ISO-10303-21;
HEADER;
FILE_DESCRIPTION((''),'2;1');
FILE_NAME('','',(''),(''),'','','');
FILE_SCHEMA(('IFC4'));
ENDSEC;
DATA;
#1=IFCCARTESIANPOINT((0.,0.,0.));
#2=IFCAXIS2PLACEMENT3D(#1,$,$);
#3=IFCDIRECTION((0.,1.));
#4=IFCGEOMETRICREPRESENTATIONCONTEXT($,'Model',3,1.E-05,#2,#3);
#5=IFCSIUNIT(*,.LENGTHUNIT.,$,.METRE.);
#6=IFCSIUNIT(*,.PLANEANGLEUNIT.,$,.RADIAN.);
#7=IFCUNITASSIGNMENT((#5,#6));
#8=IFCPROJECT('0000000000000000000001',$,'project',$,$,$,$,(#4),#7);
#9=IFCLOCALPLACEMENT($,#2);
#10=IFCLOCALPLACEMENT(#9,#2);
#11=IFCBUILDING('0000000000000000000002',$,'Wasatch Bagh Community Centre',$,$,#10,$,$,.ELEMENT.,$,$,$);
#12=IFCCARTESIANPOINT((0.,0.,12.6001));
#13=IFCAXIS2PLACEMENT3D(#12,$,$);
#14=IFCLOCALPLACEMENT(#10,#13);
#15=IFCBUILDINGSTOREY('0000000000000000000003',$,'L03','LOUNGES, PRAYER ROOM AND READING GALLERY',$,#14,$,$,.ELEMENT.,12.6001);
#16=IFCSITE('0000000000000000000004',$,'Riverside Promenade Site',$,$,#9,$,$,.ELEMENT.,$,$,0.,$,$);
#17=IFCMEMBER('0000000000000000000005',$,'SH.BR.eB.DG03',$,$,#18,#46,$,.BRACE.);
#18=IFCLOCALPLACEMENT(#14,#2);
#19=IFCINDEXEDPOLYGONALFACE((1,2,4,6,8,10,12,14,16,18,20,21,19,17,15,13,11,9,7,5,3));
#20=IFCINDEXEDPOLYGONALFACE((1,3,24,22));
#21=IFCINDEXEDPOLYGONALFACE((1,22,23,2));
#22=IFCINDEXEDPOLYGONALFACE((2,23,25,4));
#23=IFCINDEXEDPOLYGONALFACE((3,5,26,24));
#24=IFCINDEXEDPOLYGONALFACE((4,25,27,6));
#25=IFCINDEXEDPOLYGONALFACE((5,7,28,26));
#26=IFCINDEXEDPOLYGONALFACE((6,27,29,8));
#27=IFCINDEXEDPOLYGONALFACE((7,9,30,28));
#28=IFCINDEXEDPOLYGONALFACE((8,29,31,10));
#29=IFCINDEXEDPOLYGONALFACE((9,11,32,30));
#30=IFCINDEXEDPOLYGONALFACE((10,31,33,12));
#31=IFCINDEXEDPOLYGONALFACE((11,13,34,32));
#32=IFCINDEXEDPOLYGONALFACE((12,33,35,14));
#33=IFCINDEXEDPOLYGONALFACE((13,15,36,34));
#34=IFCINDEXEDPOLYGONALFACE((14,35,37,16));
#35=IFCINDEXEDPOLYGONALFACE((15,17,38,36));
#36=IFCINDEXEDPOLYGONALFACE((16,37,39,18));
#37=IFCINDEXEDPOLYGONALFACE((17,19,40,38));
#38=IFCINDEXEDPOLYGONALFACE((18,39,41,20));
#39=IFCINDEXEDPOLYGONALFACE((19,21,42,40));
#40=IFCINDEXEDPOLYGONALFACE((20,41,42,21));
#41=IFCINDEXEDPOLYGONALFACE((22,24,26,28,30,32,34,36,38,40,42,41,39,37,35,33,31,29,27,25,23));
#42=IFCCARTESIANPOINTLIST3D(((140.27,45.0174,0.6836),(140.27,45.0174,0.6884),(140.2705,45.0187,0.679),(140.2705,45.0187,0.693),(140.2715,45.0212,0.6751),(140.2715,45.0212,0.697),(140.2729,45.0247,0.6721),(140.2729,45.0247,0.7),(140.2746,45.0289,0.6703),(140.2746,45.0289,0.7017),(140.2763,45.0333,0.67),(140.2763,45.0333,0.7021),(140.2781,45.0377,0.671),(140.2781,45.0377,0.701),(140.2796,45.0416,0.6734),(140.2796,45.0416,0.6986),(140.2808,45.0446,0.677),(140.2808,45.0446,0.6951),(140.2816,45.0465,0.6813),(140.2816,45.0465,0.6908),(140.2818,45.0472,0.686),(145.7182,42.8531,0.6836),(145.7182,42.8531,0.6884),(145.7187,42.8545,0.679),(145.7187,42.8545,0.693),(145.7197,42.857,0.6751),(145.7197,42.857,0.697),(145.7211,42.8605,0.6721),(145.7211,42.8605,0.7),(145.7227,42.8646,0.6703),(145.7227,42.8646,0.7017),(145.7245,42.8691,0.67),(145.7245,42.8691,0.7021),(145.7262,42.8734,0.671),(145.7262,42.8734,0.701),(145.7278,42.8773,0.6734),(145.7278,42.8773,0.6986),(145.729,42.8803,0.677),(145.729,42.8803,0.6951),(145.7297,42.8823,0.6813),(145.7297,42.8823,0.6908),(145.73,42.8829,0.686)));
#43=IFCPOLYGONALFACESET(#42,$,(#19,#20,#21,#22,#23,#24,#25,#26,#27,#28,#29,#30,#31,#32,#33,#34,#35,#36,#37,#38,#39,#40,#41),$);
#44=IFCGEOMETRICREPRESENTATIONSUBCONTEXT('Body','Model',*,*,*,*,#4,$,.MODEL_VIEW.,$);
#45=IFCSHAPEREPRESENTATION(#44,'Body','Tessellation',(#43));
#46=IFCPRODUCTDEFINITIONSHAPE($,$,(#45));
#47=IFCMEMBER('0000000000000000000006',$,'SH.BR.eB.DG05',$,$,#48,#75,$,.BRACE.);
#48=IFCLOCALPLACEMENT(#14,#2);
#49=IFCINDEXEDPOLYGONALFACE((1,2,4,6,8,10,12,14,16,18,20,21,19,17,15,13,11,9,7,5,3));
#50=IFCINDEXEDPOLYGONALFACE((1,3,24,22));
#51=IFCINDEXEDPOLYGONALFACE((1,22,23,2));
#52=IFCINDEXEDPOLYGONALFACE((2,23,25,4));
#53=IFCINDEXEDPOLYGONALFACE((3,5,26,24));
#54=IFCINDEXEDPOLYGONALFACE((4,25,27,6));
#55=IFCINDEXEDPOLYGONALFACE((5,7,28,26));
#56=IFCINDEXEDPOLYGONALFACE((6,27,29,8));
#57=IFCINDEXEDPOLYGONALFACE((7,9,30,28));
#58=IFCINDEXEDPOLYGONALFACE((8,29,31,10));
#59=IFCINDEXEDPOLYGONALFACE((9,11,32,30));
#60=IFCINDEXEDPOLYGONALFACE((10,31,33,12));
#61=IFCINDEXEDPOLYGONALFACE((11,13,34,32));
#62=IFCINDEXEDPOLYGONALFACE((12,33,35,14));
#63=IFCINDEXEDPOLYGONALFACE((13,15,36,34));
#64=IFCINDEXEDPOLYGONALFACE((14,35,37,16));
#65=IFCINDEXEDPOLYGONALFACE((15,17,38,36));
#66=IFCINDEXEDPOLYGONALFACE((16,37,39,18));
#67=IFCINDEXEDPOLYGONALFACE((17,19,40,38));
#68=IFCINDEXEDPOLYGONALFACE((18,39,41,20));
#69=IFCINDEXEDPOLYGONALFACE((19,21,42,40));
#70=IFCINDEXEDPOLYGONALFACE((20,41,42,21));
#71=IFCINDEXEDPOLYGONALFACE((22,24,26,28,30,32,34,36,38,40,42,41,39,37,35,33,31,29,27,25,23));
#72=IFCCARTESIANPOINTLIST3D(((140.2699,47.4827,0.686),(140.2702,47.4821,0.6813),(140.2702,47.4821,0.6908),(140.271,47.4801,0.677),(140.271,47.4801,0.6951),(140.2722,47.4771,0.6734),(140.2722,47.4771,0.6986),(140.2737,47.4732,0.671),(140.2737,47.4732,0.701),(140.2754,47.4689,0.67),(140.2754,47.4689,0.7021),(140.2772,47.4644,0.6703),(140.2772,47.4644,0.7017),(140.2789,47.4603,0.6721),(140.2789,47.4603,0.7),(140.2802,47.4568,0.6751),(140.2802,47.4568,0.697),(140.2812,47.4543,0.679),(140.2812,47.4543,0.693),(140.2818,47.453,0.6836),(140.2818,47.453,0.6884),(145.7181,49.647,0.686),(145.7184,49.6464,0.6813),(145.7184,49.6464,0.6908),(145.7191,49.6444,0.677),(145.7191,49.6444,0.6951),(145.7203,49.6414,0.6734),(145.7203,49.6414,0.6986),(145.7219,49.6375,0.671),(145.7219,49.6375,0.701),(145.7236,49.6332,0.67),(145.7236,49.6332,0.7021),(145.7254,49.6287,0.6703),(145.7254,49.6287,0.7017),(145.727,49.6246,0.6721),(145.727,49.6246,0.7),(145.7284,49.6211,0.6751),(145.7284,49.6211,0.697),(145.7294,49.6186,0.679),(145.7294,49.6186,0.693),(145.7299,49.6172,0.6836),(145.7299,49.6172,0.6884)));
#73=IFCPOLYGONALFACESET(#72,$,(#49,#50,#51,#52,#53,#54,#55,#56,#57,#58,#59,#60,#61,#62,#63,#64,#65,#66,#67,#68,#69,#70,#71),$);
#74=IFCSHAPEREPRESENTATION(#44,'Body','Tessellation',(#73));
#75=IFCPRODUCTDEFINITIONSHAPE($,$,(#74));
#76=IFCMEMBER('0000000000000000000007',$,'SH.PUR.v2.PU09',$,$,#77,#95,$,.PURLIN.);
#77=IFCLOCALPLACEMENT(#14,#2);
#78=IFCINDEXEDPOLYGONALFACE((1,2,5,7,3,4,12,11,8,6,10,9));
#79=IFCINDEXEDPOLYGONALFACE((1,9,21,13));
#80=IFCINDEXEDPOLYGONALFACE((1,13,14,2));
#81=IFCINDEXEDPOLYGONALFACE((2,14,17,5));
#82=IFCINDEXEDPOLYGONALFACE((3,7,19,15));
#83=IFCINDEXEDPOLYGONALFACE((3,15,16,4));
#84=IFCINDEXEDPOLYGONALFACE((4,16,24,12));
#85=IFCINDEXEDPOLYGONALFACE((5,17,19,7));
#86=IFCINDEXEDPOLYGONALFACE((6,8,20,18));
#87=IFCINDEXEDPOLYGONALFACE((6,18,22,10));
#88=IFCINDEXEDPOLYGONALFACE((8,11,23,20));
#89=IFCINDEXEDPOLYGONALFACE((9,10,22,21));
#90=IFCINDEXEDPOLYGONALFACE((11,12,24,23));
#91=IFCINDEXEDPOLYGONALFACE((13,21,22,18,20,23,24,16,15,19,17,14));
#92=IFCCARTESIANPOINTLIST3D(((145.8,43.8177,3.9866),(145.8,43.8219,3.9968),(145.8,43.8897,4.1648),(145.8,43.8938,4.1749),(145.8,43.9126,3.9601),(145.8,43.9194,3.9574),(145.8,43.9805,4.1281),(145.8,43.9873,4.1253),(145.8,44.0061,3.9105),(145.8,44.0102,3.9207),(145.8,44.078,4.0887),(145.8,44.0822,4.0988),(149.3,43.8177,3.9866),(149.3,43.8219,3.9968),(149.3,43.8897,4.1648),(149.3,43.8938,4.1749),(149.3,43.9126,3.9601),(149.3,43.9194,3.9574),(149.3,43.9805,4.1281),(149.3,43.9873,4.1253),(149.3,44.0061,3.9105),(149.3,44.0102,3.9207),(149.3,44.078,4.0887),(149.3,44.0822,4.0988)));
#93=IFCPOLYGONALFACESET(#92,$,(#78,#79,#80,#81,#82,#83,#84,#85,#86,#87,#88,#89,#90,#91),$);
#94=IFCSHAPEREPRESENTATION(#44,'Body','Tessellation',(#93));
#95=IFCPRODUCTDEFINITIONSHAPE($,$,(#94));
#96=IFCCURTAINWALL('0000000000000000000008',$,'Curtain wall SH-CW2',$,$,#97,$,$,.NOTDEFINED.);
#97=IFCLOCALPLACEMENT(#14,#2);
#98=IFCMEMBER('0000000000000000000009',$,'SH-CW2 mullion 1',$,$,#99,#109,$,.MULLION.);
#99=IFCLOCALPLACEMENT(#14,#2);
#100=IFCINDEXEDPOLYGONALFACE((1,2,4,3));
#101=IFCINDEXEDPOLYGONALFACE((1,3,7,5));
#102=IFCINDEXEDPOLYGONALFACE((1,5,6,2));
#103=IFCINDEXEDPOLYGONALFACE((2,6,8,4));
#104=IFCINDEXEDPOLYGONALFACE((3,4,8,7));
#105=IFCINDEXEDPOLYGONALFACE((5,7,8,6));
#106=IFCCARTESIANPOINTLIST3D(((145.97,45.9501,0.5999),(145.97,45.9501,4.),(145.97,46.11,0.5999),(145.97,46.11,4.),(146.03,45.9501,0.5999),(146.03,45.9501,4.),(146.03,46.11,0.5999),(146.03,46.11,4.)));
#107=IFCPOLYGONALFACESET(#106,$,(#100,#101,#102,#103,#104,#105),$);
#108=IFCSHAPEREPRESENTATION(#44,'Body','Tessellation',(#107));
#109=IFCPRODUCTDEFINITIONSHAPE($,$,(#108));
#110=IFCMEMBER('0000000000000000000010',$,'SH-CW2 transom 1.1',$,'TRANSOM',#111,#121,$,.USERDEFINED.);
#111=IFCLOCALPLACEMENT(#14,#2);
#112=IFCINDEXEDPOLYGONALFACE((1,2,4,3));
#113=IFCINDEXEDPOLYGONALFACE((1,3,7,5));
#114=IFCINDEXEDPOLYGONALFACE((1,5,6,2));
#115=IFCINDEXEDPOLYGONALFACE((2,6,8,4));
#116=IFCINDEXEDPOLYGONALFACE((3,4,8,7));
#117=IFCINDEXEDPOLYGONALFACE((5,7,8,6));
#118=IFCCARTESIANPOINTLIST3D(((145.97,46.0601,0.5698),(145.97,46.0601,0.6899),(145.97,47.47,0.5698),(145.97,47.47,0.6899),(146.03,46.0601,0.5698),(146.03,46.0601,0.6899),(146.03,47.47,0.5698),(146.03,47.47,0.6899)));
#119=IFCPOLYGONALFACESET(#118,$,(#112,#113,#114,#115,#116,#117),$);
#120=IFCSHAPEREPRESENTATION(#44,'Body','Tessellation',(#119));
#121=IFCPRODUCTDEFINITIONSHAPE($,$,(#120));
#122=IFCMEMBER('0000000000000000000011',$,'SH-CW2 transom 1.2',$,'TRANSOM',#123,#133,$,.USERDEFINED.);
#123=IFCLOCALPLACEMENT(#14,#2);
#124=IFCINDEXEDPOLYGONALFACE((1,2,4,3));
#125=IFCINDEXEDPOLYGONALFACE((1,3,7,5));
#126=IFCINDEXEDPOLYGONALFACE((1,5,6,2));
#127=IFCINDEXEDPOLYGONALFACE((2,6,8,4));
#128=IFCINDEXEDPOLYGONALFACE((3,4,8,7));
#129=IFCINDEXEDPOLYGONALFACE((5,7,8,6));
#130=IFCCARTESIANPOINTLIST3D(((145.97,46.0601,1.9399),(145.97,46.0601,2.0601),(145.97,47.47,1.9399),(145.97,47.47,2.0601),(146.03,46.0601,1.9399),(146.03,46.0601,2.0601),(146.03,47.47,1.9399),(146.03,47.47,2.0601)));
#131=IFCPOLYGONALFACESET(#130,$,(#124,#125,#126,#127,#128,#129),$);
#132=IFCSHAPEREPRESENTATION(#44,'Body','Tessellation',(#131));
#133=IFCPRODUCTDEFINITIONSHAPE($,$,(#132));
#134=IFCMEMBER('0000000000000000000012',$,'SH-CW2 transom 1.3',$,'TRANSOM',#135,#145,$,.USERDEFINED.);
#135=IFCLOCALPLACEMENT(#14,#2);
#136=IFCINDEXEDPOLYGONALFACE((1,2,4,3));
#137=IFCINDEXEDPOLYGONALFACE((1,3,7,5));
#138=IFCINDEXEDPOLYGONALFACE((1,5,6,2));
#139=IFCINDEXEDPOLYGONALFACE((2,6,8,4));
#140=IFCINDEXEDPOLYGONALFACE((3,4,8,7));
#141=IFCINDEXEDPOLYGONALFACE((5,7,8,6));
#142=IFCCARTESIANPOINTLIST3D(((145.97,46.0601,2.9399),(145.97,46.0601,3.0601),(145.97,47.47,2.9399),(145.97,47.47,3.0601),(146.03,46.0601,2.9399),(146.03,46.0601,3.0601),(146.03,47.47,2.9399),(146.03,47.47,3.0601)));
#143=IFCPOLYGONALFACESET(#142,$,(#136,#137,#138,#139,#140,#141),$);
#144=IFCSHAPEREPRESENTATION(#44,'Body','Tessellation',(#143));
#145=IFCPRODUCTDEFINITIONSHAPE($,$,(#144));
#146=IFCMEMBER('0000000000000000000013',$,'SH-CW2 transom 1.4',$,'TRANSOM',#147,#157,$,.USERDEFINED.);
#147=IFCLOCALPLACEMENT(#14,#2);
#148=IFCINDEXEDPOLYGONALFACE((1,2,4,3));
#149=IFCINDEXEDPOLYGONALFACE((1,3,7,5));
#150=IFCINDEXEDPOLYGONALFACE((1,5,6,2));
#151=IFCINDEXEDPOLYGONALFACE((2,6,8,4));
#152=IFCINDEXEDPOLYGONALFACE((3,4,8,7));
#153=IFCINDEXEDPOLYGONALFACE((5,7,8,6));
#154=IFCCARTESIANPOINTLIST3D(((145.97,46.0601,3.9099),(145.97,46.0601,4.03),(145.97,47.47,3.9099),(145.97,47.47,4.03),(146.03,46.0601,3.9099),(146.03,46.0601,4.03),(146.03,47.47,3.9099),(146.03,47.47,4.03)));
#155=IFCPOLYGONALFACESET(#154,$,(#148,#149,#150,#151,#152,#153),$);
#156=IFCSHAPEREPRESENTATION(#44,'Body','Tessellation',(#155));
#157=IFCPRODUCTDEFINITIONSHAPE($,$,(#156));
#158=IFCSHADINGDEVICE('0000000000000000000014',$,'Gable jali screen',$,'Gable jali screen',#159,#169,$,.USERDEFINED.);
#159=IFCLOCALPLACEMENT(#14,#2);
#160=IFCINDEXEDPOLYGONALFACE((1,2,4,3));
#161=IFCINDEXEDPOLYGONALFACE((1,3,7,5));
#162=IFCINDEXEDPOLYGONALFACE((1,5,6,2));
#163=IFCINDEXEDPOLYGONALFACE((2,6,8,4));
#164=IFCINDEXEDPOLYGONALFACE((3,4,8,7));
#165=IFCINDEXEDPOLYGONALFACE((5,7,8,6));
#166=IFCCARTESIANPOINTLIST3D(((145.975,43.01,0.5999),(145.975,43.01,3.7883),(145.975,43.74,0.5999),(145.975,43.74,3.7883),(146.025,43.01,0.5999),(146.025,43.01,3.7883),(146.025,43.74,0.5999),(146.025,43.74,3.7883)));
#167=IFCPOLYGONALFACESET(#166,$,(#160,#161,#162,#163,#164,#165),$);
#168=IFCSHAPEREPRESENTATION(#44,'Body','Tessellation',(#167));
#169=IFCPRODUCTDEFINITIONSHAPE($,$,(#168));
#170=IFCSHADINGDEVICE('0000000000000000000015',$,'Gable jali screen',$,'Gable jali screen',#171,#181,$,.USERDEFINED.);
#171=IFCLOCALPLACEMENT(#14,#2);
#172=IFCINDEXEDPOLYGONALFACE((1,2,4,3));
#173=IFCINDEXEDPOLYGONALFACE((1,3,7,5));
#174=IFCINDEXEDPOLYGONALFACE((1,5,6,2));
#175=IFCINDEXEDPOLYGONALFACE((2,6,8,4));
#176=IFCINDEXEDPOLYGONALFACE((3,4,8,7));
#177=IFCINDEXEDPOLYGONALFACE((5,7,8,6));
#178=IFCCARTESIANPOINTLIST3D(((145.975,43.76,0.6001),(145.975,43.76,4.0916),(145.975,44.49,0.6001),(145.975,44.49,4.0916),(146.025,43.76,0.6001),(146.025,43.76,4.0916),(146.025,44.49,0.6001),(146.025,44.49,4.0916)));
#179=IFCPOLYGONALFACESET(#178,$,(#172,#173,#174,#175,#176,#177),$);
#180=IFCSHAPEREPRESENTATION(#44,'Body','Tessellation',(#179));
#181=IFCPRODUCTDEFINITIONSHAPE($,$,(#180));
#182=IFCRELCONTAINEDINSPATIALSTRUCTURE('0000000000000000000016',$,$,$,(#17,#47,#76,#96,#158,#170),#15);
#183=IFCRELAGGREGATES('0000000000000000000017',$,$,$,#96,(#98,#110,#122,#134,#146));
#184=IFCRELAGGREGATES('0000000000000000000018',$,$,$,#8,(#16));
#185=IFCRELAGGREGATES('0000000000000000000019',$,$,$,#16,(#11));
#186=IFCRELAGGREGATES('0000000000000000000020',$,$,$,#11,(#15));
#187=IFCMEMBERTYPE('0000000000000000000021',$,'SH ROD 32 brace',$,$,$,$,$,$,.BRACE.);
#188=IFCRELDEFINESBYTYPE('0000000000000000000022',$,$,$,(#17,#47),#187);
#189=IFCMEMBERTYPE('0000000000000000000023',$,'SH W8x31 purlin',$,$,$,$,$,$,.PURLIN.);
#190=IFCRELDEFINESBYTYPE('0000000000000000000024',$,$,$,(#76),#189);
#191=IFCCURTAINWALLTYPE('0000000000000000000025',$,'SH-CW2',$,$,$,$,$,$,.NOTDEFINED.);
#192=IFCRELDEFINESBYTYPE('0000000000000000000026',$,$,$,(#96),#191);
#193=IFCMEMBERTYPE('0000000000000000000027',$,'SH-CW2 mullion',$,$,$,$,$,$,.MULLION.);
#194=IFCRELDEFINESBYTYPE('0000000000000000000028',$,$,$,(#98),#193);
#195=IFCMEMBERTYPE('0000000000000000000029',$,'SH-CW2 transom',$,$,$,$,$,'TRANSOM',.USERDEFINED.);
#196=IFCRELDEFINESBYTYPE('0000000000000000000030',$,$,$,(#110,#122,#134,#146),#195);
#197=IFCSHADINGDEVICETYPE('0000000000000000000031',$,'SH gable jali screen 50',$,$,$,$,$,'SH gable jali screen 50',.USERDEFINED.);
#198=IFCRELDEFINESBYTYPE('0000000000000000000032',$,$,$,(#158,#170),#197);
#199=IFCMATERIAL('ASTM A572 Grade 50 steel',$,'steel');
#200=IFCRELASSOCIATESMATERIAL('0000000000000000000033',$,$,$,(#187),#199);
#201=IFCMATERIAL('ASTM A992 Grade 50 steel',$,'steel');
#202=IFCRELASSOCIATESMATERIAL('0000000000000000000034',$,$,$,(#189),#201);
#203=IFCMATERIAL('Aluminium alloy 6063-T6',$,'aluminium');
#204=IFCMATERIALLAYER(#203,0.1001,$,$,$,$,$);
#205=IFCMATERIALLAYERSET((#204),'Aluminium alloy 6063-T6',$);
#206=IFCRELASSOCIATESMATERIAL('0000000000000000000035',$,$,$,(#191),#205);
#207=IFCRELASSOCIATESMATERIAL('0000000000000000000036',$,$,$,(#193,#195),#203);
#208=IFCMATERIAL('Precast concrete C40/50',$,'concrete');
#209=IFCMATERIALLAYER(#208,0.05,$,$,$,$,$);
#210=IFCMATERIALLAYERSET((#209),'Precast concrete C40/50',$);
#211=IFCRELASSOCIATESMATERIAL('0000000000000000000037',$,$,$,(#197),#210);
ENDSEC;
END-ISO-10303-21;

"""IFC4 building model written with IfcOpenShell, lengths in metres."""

from ifc_helpers import new_model, si_unit, direction, frame, origin, origin_2d, place, context, subcontext, project, spatial, rectangle, circle, i_section, extrude, material, layer, layer_set, material_profile, profile_set, type_object, element, aggregate, save


model = new_model("IFC4")

# Units and contexts
model_context = context("Model", 3, precision=1e-05, world=origin(), true_north=direction((0.0, 1.0)))
body_context = subcontext(model_context, "Body", "Model", "MODEL_VIEW")
ifc_project = project(units=[si_unit("LENGTHUNIT", "METRE"), si_unit("PLANEANGLEUNIT", "RADIAN")], contexts=[model_context])

# Site, building, storey
site_placement = place(None, origin())
site = spatial("IfcSite", under=ifc_project, at=site_placement, Name="Riverside Promenade Site", CompositionType="ELEMENT", RefElevation=0.0)
building_placement = place(site_placement, origin())
building = spatial("IfcBuilding", under=site, at=building_placement, Name="Wasatch Bagh Community Centre", CompositionType="ELEMENT")
storey_placement = place(building_placement, frame((0.0, 0.0, 12.6001)))
storey = spatial("IfcBuildingStorey", under=building, at=storey_placement, Name="L03", Description="LOUNGES, PRAYER ROOM AND READING GALLERY", CompositionType="ELEMENT", Elevation=12.6001)

# Members
ifc_material_1 = material(Name="ASTM A572 Grade 50 steel", Category="steel")
ifc_material_profile_1 = material_profile(ifc_material_1, circle(Radius=0.0161, at=origin_2d()), Name="ROD 32")
ifc_profile_set_1 = profile_set([ifc_material_profile_1], Name="ASTM A572 Grade 50 steel")
member_type_1 = type_object("IfcMemberType", Name="SH ROD 32 brace", PredefinedType="BRACE", material=ifc_profile_set_1)
for number, where, z_axis, x_axis, name in (
    (1, (140.2759, 45.0322, 0.686), (0.929356, -0.369185, 0.0), (0.369185, 0.929356, 0.0), "SH.BR.eB.DG03"),
    (2, (140.2759, 47.4678, 0.686), (0.929356, 0.369185, 0.0), (-0.369185, 0.929356, 0.0), "SH.BR.eB.DG05"),
):
    element("IfcMember", number, at=place(storey_placement, frame(where, z_axis=z_axis, x_axis=x_axis)), inside=storey, type_object=member_type_1, Name=name, PredefinedType="BRACE", context=body_context, shape_type="SweptSolid", body=[
        extrude(circle(Radius=0.0161, at=origin_2d()), origin(), (0.0, 0.0, 1.0), 5.8623),
    ])
ifc_material_2 = material(Name="ASTM A992 Grade 50 steel", Category="steel")
ifc_material_profile_2 = material_profile(ifc_material_2, i_section(OverallWidth=0.2031, OverallDepth=0.2031, WebThickness=0.0073, FlangeThickness=0.011, at=origin_2d()), Name="W8x31")
ifc_profile_set_2 = profile_set([ifc_material_profile_2], Name="ASTM A992 Grade 50 steel")
member_type_2 = type_object("IfcMemberType", Name="SH W8x31 purlin", PredefinedType="PURLIN", material=ifc_profile_set_2)
member_1_placement = place(storey_placement, frame((145.8, 43.95, 4.0427), z_axis=(1.0, 0.0, 0.0), x_axis=(0.0, 0.927184, -0.374607)))
element("IfcMember", 3, at=member_1_placement, inside=storey, type_object=member_type_2, Name="SH.PUR.v2.PU09", PredefinedType="PURLIN", context=body_context, shape_type="SweptSolid", body=[
    extrude(i_section(OverallWidth=0.2031, OverallDepth=0.2031, WebThickness=0.0073, FlangeThickness=0.011, at=origin_2d()), origin(), (0.0, 0.0, 1.0), 3.5),
])

# Curtain wall, members
ifc_material_3 = material(Name="Aluminium alloy 6063-T6", Category="aluminium")
ifc_layer_1 = layer(ifc_material_3, 0.1001)
ifc_layer_set_1 = layer_set([ifc_layer_1], Name="Aluminium alloy 6063-T6")
curtain_wall_type = type_object("IfcCurtainWallType", Name="SH-CW2", PredefinedType="NOTDEFINED", material=ifc_layer_set_1)
curtain_wall_placement = place(storey_placement, origin())
curtain_wall = element("IfcCurtainWall", 4, at=curtain_wall_placement, inside=storey, type_object=curtain_wall_type, Name="Curtain wall SH-CW2", PredefinedType="NOTDEFINED")
ifc_material_profile_3 = material_profile(ifc_material_3, rectangle(XDim=0.0601, YDim=0.1599, at=origin_2d()), Name="AL 60x160")
ifc_profile_set_3 = profile_set([ifc_material_profile_3], Name="Aluminium alloy 6063-T6")
member_type_3 = type_object("IfcMemberType", Name="SH-CW2 mullion", PredefinedType="MULLION", material=ifc_profile_set_3)
member_2_placement = place(storey_placement, frame((146.0, 46.03, 0.5999), z_axis=(0.0, 0.0, 1.0), x_axis=(-1.0, 0.0, 0.0)))
member_2 = element("IfcMember", 5, at=member_2_placement, type_object=member_type_3, Name="SH-CW2 mullion 1", PredefinedType="MULLION", context=body_context, shape_type="SweptSolid", body=[
    extrude(rectangle(XDim=0.0601, YDim=0.1599, at=origin_2d()), origin(), (0.0, 0.0, 1.0), 3.4001),
])
ifc_material_profile_4 = material_profile(ifc_material_3, rectangle(XDim=0.0601, YDim=0.1201, at=origin_2d()), Name="AL 60x120")
ifc_profile_set_4 = profile_set([ifc_material_profile_4], Name="Aluminium alloy 6063-T6")
member_type_4 = type_object("IfcMemberType", Name="SH-CW2 transom", ElementType="TRANSOM", PredefinedType="USERDEFINED", material=ifc_profile_set_4)
member_3_placement = place(storey_placement, frame((146.0, 46.0601, 0.6299), z_axis=(0.0, 1.0, 0.0), x_axis=(-1.0, 0.0, 0.0)))
member_3 = element("IfcMember", 6, at=member_3_placement, type_object=member_type_4, Name="SH-CW2 transom 1.1", ObjectType="TRANSOM", PredefinedType="USERDEFINED", context=body_context, shape_type="SweptSolid", body=[
    extrude(rectangle(XDim=0.0601, YDim=0.1201, at=origin_2d()), origin(), (0.0, 0.0, 1.0), 1.4099),
])
member_4_placement = place(storey_placement, frame((146.0, 46.0601, 2.0), z_axis=(0.0, 1.0, 0.0), x_axis=(-1.0, 0.0, 0.0)))
member_4 = element("IfcMember", 7, at=member_4_placement, type_object=member_type_4, Name="SH-CW2 transom 1.2", ObjectType="TRANSOM", PredefinedType="USERDEFINED", context=body_context, shape_type="SweptSolid", body=[
    extrude(rectangle(XDim=0.0601, YDim=0.1201, at=origin_2d()), origin(), (0.0, 0.0, 1.0), 1.4099),
])
member_5_placement = place(storey_placement, frame((146.0, 46.0601, 3.0), z_axis=(0.0, 1.0, 0.0), x_axis=(-1.0, 0.0, 0.0)))
member_5 = element("IfcMember", 8, at=member_5_placement, type_object=member_type_4, Name="SH-CW2 transom 1.3", ObjectType="TRANSOM", PredefinedType="USERDEFINED", context=body_context, shape_type="SweptSolid", body=[
    extrude(rectangle(XDim=0.0601, YDim=0.1201, at=origin_2d()), origin(), (0.0, 0.0, 1.0), 1.4099),
])
member_6_placement = place(storey_placement, frame((146.0, 46.0601, 3.97), z_axis=(0.0, 1.0, 0.0), x_axis=(-1.0, 0.0, 0.0)))
member_6 = element("IfcMember", 9, at=member_6_placement, type_object=member_type_4, Name="SH-CW2 transom 1.4", ObjectType="TRANSOM", PredefinedType="USERDEFINED", context=body_context, shape_type="SweptSolid", body=[
    extrude(rectangle(XDim=0.0601, YDim=0.1201, at=origin_2d()), origin(), (0.0, 0.0, 1.0), 1.4099),
])
aggregate(curtain_wall, [member_2, member_3, member_4, member_5, member_6])

# Shading devices
ifc_material_4 = material(Name="Precast concrete C40/50", Category="concrete")
ifc_layer_2 = layer(ifc_material_4, 0.05)
ifc_layer_set_2 = layer_set([ifc_layer_2], Name="Precast concrete C40/50")
shading_device_type = type_object("IfcShadingDeviceType", Name="SH gable jali screen 50", ElementType="SH gable jali screen 50", PredefinedType="USERDEFINED", material=ifc_layer_set_2)
shading_device_1_placement = place(storey_placement, frame((146.0, 43.375, 0.5999), z_axis=(0.0, 0.0, 1.0), x_axis=(1.0, 0.0, 0.0)))
element("IfcShadingDevice", 10, at=shading_device_1_placement, inside=storey, type_object=shading_device_type, Name="Gable jali screen", ObjectType="Gable jali screen", PredefinedType="USERDEFINED", context=body_context, shape_type="SweptSolid", body=[
    extrude(rectangle(XDim=0.05, YDim=0.73, at=origin_2d()), origin(), (0.0, 0.0, 1.0), 3.1885),
])
shading_device_2_placement = place(storey_placement, frame((146.0, 44.125, 0.6001), z_axis=(0.0, 0.0, 1.0), x_axis=(1.0, 0.0, 0.0)))
element("IfcShadingDevice", 11, at=shading_device_2_placement, inside=storey, type_object=shading_device_type, Name="Gable jali screen", ObjectType="Gable jali screen", PredefinedType="USERDEFINED", context=body_context, shape_type="SweptSolid", body=[
    extrude(rectangle(XDim=0.05, YDim=0.73, at=origin_2d()), origin(), (0.0, 0.0, 1.0), 3.4915),
])

save(model, "model.ifc")
